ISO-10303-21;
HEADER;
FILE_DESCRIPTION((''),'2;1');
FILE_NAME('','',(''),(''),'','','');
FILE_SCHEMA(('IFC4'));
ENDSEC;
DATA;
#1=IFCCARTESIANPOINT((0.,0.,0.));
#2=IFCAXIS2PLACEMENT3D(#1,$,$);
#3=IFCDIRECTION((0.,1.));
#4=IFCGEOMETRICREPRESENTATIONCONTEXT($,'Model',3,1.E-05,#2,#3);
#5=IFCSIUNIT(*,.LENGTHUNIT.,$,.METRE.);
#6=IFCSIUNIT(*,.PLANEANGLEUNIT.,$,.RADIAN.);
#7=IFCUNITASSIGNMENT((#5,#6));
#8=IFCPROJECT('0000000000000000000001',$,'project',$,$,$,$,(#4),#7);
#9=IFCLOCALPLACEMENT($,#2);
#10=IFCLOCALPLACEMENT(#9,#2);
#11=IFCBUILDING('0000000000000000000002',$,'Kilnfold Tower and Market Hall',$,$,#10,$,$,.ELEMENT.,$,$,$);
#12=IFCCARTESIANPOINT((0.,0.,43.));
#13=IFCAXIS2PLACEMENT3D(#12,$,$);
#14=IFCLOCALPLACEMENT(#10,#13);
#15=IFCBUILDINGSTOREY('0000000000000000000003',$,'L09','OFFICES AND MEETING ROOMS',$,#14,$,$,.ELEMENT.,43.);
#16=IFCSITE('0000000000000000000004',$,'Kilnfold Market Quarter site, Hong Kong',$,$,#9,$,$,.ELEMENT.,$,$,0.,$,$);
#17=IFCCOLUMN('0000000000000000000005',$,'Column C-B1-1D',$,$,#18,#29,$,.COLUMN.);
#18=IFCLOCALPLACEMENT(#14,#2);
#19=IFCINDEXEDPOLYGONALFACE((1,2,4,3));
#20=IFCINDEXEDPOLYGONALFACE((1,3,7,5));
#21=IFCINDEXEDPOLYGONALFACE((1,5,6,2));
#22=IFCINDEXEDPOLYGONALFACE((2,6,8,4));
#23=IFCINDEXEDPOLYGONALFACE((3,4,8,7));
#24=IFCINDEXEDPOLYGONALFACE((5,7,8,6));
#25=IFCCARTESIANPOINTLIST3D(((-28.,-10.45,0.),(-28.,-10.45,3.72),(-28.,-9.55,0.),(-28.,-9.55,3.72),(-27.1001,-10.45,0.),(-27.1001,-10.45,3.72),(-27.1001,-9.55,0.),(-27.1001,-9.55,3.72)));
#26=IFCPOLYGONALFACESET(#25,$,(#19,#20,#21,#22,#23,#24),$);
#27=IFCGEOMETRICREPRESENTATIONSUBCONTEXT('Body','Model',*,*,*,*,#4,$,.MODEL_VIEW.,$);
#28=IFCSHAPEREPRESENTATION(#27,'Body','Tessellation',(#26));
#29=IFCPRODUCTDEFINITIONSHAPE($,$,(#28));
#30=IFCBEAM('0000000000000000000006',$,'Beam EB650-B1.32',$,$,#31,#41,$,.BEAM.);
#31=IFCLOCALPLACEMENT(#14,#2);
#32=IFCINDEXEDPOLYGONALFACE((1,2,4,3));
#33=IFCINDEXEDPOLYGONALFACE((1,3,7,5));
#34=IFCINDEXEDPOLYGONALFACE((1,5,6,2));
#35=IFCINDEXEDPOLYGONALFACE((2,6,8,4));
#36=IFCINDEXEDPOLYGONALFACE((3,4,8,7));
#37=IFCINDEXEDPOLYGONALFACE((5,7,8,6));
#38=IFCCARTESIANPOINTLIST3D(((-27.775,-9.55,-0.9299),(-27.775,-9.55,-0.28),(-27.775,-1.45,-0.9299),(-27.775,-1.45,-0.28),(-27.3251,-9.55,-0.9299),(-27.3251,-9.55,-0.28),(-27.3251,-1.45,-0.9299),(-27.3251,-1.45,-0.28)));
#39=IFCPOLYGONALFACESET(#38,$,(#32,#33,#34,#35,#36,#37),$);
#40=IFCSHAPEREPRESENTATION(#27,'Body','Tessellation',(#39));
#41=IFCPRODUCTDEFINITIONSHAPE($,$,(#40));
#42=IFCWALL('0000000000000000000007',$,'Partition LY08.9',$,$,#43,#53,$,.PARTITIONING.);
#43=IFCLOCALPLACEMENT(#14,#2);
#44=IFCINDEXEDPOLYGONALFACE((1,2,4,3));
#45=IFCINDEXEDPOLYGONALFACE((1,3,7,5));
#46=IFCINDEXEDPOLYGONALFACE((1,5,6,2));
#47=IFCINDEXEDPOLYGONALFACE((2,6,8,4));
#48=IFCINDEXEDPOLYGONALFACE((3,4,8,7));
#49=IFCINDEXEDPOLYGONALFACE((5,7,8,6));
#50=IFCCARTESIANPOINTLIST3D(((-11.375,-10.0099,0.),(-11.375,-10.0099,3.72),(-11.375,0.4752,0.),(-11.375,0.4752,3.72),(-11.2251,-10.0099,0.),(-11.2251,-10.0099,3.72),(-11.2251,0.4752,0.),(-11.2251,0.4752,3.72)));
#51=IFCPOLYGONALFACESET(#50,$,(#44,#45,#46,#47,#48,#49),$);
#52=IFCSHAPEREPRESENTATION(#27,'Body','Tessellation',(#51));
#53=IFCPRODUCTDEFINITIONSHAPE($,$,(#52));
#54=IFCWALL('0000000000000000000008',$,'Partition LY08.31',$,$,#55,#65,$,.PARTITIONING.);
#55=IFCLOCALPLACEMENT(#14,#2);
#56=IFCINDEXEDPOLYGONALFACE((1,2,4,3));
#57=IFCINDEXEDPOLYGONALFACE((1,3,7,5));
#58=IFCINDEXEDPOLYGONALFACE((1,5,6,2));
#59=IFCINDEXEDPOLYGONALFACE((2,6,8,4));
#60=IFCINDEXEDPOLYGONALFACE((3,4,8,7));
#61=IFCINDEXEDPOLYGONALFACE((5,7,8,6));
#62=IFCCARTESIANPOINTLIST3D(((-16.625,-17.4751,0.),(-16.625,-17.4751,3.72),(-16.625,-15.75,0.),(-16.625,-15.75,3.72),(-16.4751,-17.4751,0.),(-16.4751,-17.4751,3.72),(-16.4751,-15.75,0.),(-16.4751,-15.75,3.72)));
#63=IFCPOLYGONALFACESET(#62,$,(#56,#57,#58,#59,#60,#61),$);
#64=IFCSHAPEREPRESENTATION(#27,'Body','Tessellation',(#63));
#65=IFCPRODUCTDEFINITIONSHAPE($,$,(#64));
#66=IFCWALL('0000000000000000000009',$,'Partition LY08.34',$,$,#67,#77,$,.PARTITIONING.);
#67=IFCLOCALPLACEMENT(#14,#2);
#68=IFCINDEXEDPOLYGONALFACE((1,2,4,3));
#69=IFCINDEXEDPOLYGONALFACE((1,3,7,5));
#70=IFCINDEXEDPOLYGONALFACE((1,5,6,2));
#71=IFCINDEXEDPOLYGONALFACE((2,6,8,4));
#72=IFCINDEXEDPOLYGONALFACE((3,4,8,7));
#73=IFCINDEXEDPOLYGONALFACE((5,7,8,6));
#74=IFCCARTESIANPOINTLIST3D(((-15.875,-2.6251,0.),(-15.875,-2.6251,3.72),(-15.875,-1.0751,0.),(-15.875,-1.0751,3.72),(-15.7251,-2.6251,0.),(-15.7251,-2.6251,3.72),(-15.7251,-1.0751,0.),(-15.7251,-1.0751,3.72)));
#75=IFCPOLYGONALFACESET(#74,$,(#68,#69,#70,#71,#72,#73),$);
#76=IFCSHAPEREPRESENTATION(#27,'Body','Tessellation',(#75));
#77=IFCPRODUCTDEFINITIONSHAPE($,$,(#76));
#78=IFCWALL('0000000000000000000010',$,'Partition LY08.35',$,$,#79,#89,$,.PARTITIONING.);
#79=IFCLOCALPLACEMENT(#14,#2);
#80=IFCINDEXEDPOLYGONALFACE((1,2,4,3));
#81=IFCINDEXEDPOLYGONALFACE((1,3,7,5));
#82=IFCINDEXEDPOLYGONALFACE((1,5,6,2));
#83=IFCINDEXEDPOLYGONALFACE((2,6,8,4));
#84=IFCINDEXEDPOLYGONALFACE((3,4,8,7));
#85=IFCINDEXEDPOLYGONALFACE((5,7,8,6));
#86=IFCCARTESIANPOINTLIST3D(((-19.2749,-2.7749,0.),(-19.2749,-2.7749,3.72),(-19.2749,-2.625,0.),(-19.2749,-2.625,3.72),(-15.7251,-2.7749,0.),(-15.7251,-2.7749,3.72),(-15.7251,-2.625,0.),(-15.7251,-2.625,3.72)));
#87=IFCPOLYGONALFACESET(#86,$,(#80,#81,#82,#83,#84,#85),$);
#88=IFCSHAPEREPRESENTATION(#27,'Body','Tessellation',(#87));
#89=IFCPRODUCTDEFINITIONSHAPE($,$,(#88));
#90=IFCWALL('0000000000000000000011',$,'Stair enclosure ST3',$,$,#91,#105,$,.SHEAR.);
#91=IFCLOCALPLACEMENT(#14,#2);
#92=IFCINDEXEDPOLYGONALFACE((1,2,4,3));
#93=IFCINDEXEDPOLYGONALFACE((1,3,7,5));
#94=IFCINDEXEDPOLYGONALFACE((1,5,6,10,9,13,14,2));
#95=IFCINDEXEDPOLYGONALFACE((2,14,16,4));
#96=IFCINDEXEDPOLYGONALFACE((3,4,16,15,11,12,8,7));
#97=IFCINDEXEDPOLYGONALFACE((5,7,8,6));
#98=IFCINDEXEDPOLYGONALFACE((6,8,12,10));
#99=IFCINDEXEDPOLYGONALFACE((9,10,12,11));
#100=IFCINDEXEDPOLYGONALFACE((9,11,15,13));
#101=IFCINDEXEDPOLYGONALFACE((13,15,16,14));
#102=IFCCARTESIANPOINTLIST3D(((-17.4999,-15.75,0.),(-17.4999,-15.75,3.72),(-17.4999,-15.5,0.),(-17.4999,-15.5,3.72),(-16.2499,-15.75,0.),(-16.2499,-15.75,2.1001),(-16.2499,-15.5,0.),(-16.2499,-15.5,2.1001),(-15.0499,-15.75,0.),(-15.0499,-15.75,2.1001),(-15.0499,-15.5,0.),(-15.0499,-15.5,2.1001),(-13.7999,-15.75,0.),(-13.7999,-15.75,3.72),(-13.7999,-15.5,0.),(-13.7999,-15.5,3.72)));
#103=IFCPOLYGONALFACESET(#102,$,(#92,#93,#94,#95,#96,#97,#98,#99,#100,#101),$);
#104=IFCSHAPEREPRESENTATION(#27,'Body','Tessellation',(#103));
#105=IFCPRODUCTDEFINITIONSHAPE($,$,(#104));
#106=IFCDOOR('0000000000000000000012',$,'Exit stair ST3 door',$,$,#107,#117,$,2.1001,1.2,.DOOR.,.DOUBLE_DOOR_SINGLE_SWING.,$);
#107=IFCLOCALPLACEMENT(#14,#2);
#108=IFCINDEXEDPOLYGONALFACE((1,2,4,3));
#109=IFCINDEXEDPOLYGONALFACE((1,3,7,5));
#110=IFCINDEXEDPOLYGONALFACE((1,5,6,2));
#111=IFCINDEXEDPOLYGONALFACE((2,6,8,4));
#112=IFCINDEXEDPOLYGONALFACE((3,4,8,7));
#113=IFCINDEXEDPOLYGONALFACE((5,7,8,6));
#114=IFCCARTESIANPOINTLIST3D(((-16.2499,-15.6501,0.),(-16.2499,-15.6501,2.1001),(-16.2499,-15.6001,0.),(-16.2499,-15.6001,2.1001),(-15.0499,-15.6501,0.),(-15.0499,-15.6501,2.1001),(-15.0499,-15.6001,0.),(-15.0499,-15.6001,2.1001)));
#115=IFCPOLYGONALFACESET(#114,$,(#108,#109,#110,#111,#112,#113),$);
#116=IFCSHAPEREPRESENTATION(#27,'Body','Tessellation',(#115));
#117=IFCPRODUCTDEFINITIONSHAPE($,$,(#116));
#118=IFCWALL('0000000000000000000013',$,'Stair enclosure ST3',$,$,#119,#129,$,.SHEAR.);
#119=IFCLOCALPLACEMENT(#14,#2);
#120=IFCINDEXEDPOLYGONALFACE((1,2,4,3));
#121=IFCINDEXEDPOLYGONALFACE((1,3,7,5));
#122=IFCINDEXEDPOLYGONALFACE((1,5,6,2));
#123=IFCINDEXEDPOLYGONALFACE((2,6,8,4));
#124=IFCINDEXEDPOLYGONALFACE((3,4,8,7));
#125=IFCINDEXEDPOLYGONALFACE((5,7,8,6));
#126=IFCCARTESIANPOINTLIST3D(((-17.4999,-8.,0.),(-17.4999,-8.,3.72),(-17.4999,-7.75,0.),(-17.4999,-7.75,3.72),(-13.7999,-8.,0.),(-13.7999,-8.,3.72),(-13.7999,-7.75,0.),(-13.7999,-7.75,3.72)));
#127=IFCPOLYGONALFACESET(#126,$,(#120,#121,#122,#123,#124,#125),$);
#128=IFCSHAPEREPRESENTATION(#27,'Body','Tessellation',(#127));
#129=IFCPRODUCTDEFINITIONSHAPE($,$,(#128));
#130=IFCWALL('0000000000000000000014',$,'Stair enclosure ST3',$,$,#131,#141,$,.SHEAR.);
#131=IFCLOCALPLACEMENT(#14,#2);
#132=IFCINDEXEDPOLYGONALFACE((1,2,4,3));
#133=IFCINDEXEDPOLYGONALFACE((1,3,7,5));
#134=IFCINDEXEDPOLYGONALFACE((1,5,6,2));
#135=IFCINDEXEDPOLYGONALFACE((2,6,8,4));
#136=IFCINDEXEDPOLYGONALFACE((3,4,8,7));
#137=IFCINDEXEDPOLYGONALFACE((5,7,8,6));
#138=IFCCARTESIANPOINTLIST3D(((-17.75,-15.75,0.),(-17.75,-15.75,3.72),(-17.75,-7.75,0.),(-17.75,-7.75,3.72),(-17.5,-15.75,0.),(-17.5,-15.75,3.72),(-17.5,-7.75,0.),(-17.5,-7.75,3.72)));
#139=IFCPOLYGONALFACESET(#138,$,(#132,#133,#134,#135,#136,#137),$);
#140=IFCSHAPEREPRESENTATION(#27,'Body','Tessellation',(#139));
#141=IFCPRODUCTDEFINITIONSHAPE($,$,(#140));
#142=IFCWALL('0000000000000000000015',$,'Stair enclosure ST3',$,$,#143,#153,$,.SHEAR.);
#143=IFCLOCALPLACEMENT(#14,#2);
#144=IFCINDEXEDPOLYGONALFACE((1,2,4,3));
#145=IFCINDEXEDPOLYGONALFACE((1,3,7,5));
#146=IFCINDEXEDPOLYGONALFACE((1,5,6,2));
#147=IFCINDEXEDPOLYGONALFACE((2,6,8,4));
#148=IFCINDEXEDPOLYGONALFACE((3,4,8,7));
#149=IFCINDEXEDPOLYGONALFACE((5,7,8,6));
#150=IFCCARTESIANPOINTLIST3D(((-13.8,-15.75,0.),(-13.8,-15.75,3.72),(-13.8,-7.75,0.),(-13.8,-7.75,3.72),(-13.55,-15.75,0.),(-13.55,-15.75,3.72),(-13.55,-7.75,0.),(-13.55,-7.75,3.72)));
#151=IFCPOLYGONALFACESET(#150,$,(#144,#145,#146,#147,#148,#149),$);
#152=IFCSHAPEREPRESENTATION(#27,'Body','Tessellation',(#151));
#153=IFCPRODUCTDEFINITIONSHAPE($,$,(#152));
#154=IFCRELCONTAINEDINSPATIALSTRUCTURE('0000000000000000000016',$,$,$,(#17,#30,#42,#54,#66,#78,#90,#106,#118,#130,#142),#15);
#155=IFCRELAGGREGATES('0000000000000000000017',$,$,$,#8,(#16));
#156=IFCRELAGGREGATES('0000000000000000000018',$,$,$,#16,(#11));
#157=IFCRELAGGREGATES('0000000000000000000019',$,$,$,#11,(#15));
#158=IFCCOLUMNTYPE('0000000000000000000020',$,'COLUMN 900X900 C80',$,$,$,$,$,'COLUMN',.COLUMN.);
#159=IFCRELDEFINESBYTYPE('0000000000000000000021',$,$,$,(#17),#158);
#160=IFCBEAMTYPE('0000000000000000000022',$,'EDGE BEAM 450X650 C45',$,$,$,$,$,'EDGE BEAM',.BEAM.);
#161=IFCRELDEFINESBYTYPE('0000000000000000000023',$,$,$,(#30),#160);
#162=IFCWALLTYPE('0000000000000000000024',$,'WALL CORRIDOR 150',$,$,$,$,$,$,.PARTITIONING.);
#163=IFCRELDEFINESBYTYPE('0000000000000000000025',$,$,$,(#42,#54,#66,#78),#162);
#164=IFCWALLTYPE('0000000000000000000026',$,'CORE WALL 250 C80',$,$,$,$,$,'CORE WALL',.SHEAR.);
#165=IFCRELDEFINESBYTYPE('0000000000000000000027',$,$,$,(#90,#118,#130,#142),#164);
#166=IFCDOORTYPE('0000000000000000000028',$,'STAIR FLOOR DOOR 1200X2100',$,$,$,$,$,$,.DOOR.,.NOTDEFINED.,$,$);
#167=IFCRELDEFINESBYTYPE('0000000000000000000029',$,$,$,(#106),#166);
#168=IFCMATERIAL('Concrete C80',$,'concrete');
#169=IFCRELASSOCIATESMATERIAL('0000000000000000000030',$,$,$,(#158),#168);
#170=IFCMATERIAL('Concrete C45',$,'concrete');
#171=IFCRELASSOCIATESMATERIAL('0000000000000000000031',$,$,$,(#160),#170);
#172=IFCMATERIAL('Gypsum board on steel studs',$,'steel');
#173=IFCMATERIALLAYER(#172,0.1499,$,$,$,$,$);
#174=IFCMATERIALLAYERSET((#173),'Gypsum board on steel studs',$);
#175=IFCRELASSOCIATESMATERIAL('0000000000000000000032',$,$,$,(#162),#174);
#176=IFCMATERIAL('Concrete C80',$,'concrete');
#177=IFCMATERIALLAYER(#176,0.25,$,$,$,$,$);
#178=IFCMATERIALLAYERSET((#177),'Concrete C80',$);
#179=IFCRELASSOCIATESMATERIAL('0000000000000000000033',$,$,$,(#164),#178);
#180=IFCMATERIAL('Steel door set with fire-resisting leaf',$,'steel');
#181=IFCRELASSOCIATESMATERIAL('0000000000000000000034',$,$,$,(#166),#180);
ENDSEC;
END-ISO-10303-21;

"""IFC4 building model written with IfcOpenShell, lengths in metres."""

from ifc_helpers import new_model, si_unit, direction, frame, frame_2d, origin, origin_2d, place, context, subcontext, project, spatial, rectangle, extrude, source, transform, mapped, material, layer, layer_set, material_profile, profile_set, type_object, element, fill, save


model = new_model("IFC4")

# Units and contexts
model_context = context("Model", 3, precision=1e-05, world=origin(), true_north=direction((0.0, 1.0)))
body_context = subcontext(model_context, "Body", "Model", "MODEL_VIEW")
ifc_project = project(units=[si_unit("LENGTHUNIT", "METRE"), si_unit("PLANEANGLEUNIT", "RADIAN")], contexts=[model_context])

# Site, building, storey
site_placement = place(None, origin())
site = spatial("IfcSite", under=ifc_project, at=site_placement, Name="Kilnfold Market Quarter site, Hong Kong", CompositionType="ELEMENT", RefElevation=0.0)
building_placement = place(site_placement, origin())
building = spatial("IfcBuilding", under=site, at=building_placement, Name="Kilnfold Tower and Market Hall", CompositionType="ELEMENT")
storey_placement = place(building_placement, frame((0.0, 0.0, 43.0)))
storey = spatial("IfcBuildingStorey", under=building, at=storey_placement, Name="L09", Description="OFFICES AND MEETING ROOMS", CompositionType="ELEMENT", Elevation=43.0)

# Column
ifc_material_1 = material(Name="Concrete C80", Category="concrete")
ifc_material_profile_1 = material_profile(ifc_material_1, rectangle(XDim=0.8999, YDim=0.8999, at=origin_2d()), Name="RC 900x900")
ifc_profile_set_1 = profile_set([ifc_material_profile_1], Name="Concrete C80")
column_type = type_object("IfcColumnType", Name="COLUMN 900X900 C80", ElementType="COLUMN", PredefinedType="COLUMN", material=ifc_profile_set_1)
shared_shape_1 = source(origin(), body_context, "Body", "SweptSolid", [
    extrude(rectangle(XDim=0.8999, YDim=0.8999, at=origin_2d()), origin(), (0.0, 0.0, 1.0), 3.72),
])
column_placement = place(storey_placement, frame((-27.55, -10.0, 0.0), z_axis=(0.0, 0.0, 1.0), x_axis=(1.0, 0.0, 0.0)))
element("IfcColumn", 1, at=column_placement, inside=storey, type_object=column_type, Name="Column C-B1-1D", PredefinedType="COLUMN", context=body_context, shape_type="MappedRepresentation", body=[
    mapped(shared_shape_1, transform((0.0, 0.0, 0.0))),
])

# Beam
ifc_material_2 = material(Name="Concrete C45", Category="concrete")
ifc_material_profile_2 = material_profile(ifc_material_2, rectangle(XDim=0.45, YDim=0.6499, at=origin_2d()), Name="RC 450x650")
ifc_profile_set_2 = profile_set([ifc_material_profile_2], Name="Concrete C45")
beam_type = type_object("IfcBeamType", Name="EDGE BEAM 450X650 C45", ElementType="EDGE BEAM", PredefinedType="BEAM", material=ifc_profile_set_2)
shared_shape_2 = source(origin(), body_context, "Body", "SweptSolid", [
    extrude(rectangle(XDim=0.45, YDim=0.6499, at=origin_2d()), origin(), (0.0, 0.0, 1.0), 8.1001),
])
beam_placement = place(storey_placement, frame((-27.55, -9.55, -0.605), z_axis=(0.0, 1.0, 0.0), x_axis=(-1.0, 0.0, 0.0)))
element("IfcBeam", 2, at=beam_placement, inside=storey, type_object=beam_type, Name="Beam EB650-B1.32", PredefinedType="BEAM", context=body_context, shape_type="MappedRepresentation", body=[
    mapped(shared_shape_2, transform((0.0, 0.0, 0.0))),
])

# Walls
ifc_material_3 = material(Name="Gypsum board on steel studs", Category="steel")
ifc_layer_1 = layer(ifc_material_3, 0.1499)
ifc_layer_set_1 = layer_set([ifc_layer_1], Name="Gypsum board on steel studs")
wall_type_1 = type_object("IfcWallType", Name="WALL CORRIDOR 150", PredefinedType="PARTITIONING", material=ifc_layer_set_1)
wall_1_placement = place(storey_placement, frame((-11.3, -10.01, 0.0), z_axis=(0.0, 0.0, 1.0), x_axis=(0.0, 1.0, 0.0)))
element("IfcWall", 3, at=wall_1_placement, inside=storey, type_object=wall_type_1, Name="Partition LY08.9", PredefinedType="PARTITIONING", context=body_context, shape_type="SweptSolid", body=[
    extrude(rectangle(XDim=10.4851, YDim=0.1499, at=frame_2d((5.2427, 0.0))), origin(), (0.0, 0.0, 1.0), 3.72),
])
wall_2_placement = place(storey_placement, frame((-16.55, -15.75, 0.0), z_axis=(0.0, 0.0, 1.0), x_axis=(0.0, -1.0, 0.0)))
element("IfcWall", 4, at=wall_2_placement, inside=storey, type_object=wall_type_1, Name="Partition LY08.31", PredefinedType="PARTITIONING", context=body_context, shape_type="SweptSolid", body=[
    extrude(rectangle(XDim=1.7251, YDim=0.1499, at=frame_2d((0.8625, 0.0))), origin(), (0.0, 0.0, 1.0), 3.72),
])
wall_3_placement = place(storey_placement, frame((-15.8, -2.625, 0.0), z_axis=(0.0, 0.0, 1.0), x_axis=(0.0, 1.0, 0.0)))
element("IfcWall", 5, at=wall_3_placement, inside=storey, type_object=wall_type_1, Name="Partition LY08.34", PredefinedType="PARTITIONING", context=body_context, shape_type="SweptSolid", body=[
    extrude(rectangle(XDim=1.55, YDim=0.1499, at=frame_2d((0.7749, 0.0))), origin(), (0.0, 0.0, 1.0), 3.72),
])
wall_4_placement = place(storey_placement, frame((-19.2749, -2.7, 0.0), z_axis=(0.0, 0.0, 1.0), x_axis=(1.0, 0.0, 0.0)))
element("IfcWall", 6, at=wall_4_placement, inside=storey, type_object=wall_type_1, Name="Partition LY08.35", PredefinedType="PARTITIONING", context=body_context, shape_type="SweptSolid", body=[
    extrude(rectangle(XDim=3.5498, YDim=0.1499, at=frame_2d((1.7749, 0.0))), origin(), (0.0, 0.0, 1.0), 3.72),
])

# Wall, opening, door
ifc_material_4 = material(Name="Concrete C80", Category="concrete")
ifc_layer_2 = layer(ifc_material_4, 0.25)
ifc_layer_set_2 = layer_set([ifc_layer_2], Name="Concrete C80")
wall_type_2 = type_object("IfcWallType", Name="CORE WALL 250 C80", ElementType="CORE WALL", PredefinedType="SHEAR", material=ifc_layer_set_2)
shared_shape_3 = source(origin(), body_context, "Body", "SweptSolid", [
    extrude(rectangle(XDim=3.7, YDim=0.25, at=frame_2d((1.8501, 0.0))), origin(), (0.0, 0.0, 1.0), 3.72),
])
wall_5_placement = place(storey_placement, frame((-17.5, -15.625, 0.0), z_axis=(0.0, 0.0, 1.0), x_axis=(1.0, 0.0, 0.0)))
wall_5 = element("IfcWall", 7, at=wall_5_placement, inside=storey, type_object=wall_type_2, Name="Stair enclosure ST3", PredefinedType="SHEAR", context=body_context, shape_type="MappedRepresentation", body=[
    mapped(shared_shape_3, transform((0.0, 0.0, 0.0))),
])
opening_1_placement = place(wall_5_placement, frame((1.25, 0.0, 0.0)))
opening_1 = element("IfcOpeningElement", 8, at=opening_1_placement, cuts=wall_5, PredefinedType="OPENING", context=body_context, shape_type="SweptSolid", body=[
    extrude(rectangle(XDim=1.2, YDim=2.1001, at=frame_2d((0.6001, 1.05))), frame((0.0, 0.135, 0.0), z_axis=(0.0, -1.0, 0.0), x_axis=(1.0, 0.0, 0.0)), (0.0, 0.0, 1.0), 0.27),
])
ifc_material_5 = material(Name="Steel door set with fire-resisting leaf", Category="steel")
door_type = type_object("IfcDoorType", Name="STAIR FLOOR DOOR 1200X2100", OperationType="NOTDEFINED", PredefinedType="DOOR", material=ifc_material_5)
door_placement = place(opening_1_placement, origin())
door = element("IfcDoor", 9, at=door_placement, inside=storey, type_object=door_type, Name="Exit stair ST3 door", OperationType="DOUBLE_DOOR_SINGLE_SWING", OverallHeight=2.1001, OverallWidth=1.2, PredefinedType="DOOR", context=body_context, shape_type="SweptSolid", body=[
    extrude(rectangle(XDim=1.2, YDim=2.1001, at=frame_2d((0.6001, 1.05))), frame((0.0, 0.0249, 0.0), z_axis=(0.0, -1.0, 0.0), x_axis=(1.0, 0.0, 0.0)), (0.0, 0.0, 1.0), 0.05),
])
fill(opening_1, door)

# Walls
wall_6_placement = place(storey_placement, frame((-17.5, -7.875, 0.0), z_axis=(0.0, 0.0, 1.0), x_axis=(1.0, 0.0, 0.0)))
element("IfcWall", 10, at=wall_6_placement, inside=storey, type_object=wall_type_2, Name="Stair enclosure ST3", PredefinedType="SHEAR", context=body_context, shape_type="MappedRepresentation", body=[
    mapped(shared_shape_3, transform((0.0, 0.0, 0.0))),
])
shared_shape_4 = source(origin(), body_context, "Body", "SweptSolid", [
    extrude(rectangle(XDim=8.0, YDim=0.25, at=frame_2d((4.0, 0.0))), origin(), (0.0, 0.0, 1.0), 3.72),
])
for number, where, z_axis, x_axis, name in (
    (11, (-17.625, -15.75, 0.0), (0.0, 0.0, 1.0), (0.0, 1.0, 0.0), "Stair enclosure ST3"),
    (12, (-13.675, -15.75, 0.0), (0.0, 0.0, 1.0), (0.0, 1.0, 0.0), "Stair enclosure ST3"),
):
    element("IfcWall", number, at=place(storey_placement, frame(where, z_axis=z_axis, x_axis=x_axis)), inside=storey, type_object=wall_type_2, Name=name, PredefinedType="SHEAR", context=body_context, shape_type="MappedRepresentation", body=[
        mapped(shared_shape_4, transform((0.0, 0.0, 0.0))),
    ])

save(model, "model.ifc")
